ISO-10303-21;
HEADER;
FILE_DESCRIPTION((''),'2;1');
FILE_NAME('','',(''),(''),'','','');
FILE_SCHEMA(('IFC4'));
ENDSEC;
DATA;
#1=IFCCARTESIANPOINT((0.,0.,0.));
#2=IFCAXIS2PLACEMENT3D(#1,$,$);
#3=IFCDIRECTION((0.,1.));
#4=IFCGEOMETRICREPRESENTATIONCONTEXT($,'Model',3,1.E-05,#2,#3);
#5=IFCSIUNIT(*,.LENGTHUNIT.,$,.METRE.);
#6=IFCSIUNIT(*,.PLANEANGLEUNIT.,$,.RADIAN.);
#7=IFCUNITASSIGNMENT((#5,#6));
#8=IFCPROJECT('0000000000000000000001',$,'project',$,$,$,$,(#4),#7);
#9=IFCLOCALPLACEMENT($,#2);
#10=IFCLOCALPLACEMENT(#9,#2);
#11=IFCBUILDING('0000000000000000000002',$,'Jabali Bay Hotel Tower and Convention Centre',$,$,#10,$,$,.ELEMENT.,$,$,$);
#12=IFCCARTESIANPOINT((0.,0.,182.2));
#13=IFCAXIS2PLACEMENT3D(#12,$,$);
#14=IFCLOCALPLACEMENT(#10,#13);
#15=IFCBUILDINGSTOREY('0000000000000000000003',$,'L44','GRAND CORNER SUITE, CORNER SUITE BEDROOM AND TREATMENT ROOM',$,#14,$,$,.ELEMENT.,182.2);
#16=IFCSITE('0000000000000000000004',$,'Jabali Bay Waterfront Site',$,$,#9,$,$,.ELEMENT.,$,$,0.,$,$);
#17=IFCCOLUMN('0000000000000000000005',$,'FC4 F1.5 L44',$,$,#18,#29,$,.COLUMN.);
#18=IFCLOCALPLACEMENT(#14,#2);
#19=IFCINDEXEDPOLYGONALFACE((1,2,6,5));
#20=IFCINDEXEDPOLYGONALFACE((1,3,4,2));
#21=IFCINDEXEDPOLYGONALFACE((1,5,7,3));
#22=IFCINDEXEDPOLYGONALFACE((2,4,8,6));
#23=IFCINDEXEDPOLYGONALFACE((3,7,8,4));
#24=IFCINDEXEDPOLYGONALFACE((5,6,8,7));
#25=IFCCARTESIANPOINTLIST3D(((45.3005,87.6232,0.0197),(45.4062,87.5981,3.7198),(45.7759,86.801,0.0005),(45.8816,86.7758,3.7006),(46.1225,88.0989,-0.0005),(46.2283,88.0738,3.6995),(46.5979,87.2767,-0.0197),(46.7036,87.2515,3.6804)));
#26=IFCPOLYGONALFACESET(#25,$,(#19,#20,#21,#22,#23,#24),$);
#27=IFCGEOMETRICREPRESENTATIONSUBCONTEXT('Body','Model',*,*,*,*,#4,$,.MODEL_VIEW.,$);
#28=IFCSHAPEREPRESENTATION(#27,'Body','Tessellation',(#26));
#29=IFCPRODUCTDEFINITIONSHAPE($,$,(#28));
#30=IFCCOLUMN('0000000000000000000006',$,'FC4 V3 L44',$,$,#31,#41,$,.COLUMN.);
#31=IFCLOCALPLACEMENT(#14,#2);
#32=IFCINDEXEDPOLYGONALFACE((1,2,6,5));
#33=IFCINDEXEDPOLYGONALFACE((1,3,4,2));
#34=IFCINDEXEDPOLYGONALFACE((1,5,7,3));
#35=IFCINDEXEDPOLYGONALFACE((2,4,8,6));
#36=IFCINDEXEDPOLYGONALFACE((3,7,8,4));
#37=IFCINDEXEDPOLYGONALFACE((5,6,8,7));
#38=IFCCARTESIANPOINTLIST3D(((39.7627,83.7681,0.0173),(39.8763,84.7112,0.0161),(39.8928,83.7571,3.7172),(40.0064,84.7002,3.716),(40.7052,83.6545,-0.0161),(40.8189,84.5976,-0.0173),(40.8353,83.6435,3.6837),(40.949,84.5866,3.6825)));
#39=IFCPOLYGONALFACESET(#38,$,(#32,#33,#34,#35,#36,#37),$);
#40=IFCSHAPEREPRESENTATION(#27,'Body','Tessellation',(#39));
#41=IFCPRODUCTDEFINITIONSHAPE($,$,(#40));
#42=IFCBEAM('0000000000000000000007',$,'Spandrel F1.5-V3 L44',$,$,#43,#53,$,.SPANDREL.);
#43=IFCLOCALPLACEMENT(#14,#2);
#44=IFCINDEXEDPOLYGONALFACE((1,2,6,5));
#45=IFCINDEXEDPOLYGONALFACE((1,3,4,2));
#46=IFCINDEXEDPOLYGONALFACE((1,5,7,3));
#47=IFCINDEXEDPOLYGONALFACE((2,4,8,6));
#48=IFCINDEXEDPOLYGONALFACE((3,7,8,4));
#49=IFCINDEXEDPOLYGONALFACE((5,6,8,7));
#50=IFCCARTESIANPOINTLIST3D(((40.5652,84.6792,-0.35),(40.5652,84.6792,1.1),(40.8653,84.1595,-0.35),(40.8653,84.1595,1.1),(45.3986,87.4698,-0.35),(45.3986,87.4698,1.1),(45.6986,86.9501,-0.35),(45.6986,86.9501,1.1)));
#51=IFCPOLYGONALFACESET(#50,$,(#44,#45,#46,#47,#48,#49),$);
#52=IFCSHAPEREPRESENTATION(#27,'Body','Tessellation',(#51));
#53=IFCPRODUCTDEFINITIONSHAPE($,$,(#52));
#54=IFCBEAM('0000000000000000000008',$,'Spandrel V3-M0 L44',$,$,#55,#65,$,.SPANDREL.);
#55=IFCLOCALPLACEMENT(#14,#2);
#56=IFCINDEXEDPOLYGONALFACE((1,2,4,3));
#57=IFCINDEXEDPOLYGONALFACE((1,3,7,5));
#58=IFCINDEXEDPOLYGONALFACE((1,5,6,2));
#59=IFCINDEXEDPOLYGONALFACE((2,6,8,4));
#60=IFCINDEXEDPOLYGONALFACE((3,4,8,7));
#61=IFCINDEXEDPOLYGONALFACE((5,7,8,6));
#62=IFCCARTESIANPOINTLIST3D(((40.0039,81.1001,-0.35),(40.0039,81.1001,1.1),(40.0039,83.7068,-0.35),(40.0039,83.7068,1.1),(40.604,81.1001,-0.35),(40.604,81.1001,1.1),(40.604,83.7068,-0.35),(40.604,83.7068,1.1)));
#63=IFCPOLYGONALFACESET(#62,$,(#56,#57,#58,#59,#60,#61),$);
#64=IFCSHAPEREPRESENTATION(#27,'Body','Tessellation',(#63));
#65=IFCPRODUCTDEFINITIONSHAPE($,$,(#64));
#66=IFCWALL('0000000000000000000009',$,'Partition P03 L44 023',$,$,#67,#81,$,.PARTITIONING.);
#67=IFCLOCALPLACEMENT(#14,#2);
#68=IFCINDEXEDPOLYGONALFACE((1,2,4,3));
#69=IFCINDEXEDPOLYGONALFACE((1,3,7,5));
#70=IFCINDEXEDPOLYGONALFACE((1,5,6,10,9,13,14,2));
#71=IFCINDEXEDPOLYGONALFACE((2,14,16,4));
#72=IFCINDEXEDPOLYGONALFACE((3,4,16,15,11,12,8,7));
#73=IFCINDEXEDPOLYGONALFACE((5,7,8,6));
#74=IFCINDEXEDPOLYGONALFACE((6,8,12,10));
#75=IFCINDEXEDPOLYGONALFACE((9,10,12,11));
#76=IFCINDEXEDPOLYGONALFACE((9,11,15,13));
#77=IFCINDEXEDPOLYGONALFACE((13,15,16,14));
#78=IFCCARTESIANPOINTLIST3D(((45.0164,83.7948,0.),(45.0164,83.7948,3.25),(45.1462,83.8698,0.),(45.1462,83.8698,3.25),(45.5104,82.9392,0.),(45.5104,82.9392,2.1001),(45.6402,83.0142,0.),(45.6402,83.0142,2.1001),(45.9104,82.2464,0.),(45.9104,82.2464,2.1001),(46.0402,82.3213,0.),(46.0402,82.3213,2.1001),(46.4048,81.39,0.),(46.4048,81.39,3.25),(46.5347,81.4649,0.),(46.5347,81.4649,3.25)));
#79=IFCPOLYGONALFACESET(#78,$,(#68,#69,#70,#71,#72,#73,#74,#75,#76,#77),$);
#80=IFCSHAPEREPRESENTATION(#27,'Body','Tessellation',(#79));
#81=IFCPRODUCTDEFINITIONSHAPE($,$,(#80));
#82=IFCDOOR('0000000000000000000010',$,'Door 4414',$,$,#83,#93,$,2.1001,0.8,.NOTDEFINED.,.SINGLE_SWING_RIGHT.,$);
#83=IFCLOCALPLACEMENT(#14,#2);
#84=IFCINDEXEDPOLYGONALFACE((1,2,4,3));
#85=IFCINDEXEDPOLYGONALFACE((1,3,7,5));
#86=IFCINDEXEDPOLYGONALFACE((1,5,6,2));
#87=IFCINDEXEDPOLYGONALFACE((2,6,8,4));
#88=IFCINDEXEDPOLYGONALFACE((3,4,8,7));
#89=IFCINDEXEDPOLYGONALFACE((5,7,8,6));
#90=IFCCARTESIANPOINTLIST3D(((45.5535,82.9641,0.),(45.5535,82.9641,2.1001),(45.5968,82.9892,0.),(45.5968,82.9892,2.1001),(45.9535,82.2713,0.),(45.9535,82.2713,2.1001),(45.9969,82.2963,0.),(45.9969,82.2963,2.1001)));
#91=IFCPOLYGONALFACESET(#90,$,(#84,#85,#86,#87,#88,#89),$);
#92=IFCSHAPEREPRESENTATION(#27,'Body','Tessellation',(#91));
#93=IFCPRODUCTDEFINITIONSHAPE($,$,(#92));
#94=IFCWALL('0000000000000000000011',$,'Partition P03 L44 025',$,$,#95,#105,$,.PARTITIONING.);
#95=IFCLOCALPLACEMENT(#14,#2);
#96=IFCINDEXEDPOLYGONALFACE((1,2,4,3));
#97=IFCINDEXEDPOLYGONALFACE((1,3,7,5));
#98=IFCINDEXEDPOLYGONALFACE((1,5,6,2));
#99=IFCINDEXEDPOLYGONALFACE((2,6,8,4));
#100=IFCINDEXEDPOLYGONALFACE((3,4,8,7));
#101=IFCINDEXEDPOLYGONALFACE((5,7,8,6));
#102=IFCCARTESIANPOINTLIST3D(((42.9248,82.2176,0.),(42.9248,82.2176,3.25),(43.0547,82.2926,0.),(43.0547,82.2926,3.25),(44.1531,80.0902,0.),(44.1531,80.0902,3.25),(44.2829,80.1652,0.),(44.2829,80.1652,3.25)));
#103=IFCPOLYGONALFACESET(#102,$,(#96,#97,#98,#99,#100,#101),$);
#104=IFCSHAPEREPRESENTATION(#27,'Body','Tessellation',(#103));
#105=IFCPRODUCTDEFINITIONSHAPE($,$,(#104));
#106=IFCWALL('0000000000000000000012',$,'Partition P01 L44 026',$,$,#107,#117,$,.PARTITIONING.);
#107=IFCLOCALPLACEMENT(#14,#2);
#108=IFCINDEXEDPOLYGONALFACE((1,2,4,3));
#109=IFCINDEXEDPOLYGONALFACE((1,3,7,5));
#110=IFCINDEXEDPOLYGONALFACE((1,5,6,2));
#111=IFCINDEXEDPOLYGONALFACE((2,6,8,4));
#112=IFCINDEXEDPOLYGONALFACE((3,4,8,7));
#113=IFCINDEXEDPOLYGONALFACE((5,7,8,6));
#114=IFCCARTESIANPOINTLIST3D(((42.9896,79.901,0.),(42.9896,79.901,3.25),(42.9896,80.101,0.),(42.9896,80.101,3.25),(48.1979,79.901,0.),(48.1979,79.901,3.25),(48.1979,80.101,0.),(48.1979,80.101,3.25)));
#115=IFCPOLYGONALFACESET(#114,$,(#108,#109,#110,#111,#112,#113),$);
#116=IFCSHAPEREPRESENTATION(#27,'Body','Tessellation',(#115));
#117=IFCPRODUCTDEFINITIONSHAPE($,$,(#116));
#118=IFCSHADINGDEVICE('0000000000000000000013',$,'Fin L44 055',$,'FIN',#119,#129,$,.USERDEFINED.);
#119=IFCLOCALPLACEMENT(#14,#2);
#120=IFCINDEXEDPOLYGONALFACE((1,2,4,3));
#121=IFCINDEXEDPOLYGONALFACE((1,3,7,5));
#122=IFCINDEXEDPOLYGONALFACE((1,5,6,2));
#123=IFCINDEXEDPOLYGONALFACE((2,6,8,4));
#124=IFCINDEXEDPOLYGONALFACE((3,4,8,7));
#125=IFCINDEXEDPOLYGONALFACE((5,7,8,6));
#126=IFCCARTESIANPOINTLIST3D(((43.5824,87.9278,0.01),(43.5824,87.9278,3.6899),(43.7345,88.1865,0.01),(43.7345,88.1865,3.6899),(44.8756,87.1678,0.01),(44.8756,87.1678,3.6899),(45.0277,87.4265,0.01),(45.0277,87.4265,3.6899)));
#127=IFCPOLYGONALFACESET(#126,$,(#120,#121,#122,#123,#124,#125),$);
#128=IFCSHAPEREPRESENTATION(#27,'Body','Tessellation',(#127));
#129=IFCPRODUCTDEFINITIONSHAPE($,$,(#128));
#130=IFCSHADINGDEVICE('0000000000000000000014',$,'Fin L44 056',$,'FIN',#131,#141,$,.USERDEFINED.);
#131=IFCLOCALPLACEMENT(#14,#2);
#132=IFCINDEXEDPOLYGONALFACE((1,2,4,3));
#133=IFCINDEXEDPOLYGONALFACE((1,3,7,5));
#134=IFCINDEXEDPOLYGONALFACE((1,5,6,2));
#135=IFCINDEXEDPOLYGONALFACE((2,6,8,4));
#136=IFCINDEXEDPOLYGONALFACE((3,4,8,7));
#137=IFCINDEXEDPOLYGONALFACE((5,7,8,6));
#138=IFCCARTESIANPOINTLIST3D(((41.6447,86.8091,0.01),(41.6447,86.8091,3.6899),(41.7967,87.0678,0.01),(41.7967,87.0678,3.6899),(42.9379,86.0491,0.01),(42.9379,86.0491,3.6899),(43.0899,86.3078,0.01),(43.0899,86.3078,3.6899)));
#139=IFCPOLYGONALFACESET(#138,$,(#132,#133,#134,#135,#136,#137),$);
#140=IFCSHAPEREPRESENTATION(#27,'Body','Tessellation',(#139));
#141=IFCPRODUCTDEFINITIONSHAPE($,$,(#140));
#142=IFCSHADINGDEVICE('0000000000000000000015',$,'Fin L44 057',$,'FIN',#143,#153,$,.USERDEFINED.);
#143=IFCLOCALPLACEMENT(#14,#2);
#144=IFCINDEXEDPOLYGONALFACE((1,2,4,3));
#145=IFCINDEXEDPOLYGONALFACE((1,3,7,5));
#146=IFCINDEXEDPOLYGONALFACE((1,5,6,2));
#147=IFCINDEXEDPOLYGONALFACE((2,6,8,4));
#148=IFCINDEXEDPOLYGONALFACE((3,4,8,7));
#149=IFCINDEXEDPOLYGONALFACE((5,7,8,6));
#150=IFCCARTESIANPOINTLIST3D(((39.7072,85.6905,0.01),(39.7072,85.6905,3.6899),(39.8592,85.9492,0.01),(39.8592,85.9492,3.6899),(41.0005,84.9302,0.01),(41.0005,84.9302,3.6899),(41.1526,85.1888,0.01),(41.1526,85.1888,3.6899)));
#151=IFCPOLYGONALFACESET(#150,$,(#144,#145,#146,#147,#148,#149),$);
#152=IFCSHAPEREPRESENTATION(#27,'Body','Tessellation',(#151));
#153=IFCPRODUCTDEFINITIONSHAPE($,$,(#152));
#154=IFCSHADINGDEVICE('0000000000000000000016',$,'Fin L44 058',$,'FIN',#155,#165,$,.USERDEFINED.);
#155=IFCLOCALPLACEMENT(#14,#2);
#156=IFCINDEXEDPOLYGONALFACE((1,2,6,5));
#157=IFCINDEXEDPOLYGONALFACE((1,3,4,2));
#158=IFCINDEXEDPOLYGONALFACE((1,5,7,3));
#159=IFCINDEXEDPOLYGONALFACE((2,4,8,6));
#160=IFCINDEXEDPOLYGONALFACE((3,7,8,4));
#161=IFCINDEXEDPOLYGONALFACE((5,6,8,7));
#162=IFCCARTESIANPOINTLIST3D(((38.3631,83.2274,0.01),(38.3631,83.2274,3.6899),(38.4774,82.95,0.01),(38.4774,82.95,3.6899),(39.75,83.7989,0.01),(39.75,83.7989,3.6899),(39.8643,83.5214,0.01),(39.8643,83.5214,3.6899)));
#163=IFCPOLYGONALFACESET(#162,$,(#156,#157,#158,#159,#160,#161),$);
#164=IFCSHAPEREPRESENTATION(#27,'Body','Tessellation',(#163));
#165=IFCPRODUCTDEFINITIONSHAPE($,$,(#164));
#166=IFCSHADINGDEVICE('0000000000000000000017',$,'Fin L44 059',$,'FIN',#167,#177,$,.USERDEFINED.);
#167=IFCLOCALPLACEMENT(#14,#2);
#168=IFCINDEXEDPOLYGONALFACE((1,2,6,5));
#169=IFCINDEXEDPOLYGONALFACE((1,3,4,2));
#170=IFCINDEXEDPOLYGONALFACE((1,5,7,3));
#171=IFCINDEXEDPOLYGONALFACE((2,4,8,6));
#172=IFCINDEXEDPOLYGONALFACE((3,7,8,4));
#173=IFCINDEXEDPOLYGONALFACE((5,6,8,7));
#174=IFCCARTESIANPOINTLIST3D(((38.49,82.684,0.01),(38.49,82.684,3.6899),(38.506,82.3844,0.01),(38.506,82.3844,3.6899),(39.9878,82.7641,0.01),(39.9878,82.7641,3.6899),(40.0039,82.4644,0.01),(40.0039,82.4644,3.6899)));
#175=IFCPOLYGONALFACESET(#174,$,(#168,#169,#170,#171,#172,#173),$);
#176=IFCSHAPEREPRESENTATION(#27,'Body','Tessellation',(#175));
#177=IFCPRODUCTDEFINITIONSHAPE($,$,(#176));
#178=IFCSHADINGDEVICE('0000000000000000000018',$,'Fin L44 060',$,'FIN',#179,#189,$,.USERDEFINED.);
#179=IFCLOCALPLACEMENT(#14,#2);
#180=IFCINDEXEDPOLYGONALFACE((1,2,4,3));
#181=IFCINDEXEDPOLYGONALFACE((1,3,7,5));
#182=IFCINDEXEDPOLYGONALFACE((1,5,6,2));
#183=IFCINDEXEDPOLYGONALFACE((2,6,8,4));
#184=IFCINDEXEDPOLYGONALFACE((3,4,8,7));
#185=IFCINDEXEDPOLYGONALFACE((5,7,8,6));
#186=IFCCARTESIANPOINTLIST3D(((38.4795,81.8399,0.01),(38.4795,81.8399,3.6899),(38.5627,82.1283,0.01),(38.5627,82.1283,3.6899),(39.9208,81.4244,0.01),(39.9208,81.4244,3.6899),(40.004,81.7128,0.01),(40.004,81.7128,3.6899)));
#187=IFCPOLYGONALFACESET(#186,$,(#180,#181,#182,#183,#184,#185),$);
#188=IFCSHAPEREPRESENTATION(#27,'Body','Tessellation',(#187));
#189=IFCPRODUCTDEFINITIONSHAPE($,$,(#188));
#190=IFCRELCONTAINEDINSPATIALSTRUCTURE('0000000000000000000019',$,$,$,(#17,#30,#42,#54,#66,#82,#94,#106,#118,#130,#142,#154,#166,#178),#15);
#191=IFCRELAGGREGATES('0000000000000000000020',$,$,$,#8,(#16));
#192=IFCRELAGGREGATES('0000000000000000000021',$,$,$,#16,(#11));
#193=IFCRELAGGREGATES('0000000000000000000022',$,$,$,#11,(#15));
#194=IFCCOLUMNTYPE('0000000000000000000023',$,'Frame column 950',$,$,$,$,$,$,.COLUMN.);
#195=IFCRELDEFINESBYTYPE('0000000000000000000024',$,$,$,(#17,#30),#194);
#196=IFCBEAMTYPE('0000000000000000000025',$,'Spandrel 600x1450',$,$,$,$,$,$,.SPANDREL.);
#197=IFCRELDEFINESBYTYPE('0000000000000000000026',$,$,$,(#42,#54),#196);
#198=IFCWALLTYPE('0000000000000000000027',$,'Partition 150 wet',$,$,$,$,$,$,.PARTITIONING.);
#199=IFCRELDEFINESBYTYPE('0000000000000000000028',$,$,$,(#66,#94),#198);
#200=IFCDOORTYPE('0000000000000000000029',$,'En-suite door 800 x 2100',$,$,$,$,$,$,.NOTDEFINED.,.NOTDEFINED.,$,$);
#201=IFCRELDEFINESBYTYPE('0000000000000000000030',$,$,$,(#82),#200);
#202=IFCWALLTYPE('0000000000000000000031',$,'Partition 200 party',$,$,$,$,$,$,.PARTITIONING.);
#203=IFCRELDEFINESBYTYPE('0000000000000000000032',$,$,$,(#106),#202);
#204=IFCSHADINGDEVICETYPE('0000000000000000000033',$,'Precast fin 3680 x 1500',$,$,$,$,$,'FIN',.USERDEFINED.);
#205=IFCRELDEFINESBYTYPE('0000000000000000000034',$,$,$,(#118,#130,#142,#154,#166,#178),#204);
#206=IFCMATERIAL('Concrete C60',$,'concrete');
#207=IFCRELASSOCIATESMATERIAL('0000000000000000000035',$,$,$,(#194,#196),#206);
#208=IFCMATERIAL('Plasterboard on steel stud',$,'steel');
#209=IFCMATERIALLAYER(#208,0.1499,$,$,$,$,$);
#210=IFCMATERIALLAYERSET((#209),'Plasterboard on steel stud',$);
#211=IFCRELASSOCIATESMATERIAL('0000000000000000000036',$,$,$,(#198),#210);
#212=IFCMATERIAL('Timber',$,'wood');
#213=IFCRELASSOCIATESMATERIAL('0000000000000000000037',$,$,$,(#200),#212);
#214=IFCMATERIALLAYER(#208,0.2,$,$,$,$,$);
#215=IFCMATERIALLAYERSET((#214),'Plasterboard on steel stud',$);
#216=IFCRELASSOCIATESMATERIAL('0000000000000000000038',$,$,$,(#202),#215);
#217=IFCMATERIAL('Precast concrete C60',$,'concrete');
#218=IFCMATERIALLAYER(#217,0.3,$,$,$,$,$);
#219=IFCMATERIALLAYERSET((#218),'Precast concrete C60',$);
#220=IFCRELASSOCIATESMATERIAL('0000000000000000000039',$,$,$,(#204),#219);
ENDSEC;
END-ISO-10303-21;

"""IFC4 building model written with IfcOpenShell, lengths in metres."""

from ifc_helpers import new_model, si_unit, direction, frame, frame_2d, origin, origin_2d, place, context, subcontext, project, spatial, rectangle, extrude, material, layer, layer_set, material_profile, profile_set, type_object, element, fill, save


model = new_model("IFC4")

# Units and contexts
model_context = context("Model", 3, precision=1e-05, world=origin(), true_north=direction((0.0, 1.0)))
body_context = subcontext(model_context, "Body", "Model", "MODEL_VIEW")
ifc_project = project(units=[si_unit("LENGTHUNIT", "METRE"), si_unit("PLANEANGLEUNIT", "RADIAN")], contexts=[model_context])

# Site, building, storey
site_placement = place(None, origin())
site = spatial("IfcSite", under=ifc_project, at=site_placement, Name="Jabali Bay Waterfront Site", CompositionType="ELEMENT", RefElevation=0.0)
building_placement = place(site_placement, origin())
building = spatial("IfcBuilding", under=site, at=building_placement, Name="Jabali Bay Hotel Tower and Convention Centre", CompositionType="ELEMENT")
storey_placement = place(building_placement, frame((0.0, 0.0, 182.2)))
storey = spatial("IfcBuildingStorey", under=building, at=storey_placement, Name="L44", Description="GRAND CORNER SUITE, CORNER SUITE BEDROOM AND TREATMENT ROOM", CompositionType="ELEMENT", Elevation=182.2)

# Columns
ifc_material_1 = material(Name="Concrete C60", Category="concrete")
ifc_material_profile_1 = material_profile(ifc_material_1, rectangle(XDim=0.95, YDim=0.95, at=origin_2d()), Name="Frame column 950")
ifc_profile_set_1 = profile_set([ifc_material_profile_1], Name="Concrete C60")
column_type = type_object("IfcColumnType", Name="Frame column 950", PredefinedType="COLUMN", material=ifc_profile_set_1)
column_1_placement = place(storey_placement, frame((45.9492, 87.45, 0.0), z_axis=(0.028559, -0.006794, 0.999569), x_axis=(-0.5004, 0.865559, 0.02018)))
element("IfcColumn", 1, at=column_1_placement, inside=storey, type_object=column_type, Name="FC4 F1.5 L44", PredefinedType="COLUMN", context=body_context, shape_type="SweptSolid", body=[
    extrude(rectangle(XDim=0.95, YDim=0.95, at=origin_2d()), origin(), (0.0, 0.0, 1.0), 3.7017),
])
column_2_placement = place(storey_placement, frame((40.2908, 84.1829, 0.0), z_axis=(0.035148, -0.002967, 0.999378), x_axis=(-0.992196, 0.119598, 0.035251)))
element("IfcColumn", 2, at=column_2_placement, inside=storey, type_object=column_type, Name="FC4 V3 L44", PredefinedType="COLUMN", context=body_context, shape_type="SweptSolid", body=[
    extrude(rectangle(XDim=0.95, YDim=0.95, at=origin_2d()), origin(), (0.0, 0.0, 1.0), 3.7021),
])

# Beams
ifc_material_profile_2 = material_profile(ifc_material_1, rectangle(XDim=0.6001, YDim=1.45, at=origin_2d()), Name="Spandrel 600x1450")
ifc_profile_set_2 = profile_set([ifc_material_profile_2], Name="Concrete C60")
beam_type = type_object("IfcBeamType", Name="Spandrel 600x1450", PredefinedType="SPANDREL", material=ifc_profile_set_2)
beam_1_placement = place(storey_placement, frame((45.5486, 87.21, 0.375), z_axis=(-0.866022, -0.500006, 0.0), x_axis=(0.500006, -0.866022, 0.0)))
element("IfcBeam", 3, at=beam_1_placement, inside=storey, type_object=beam_type, Name="Spandrel F1.5-V3 L44", PredefinedType="SPANDREL", context=body_context, shape_type="SweptSolid", body=[
    extrude(rectangle(XDim=0.6001, YDim=1.45, at=origin_2d()), origin(), (0.0, 0.0, 1.0), 5.5811),
])
beam_2_placement = place(storey_placement, frame((40.304, 83.7068, 0.375), z_axis=(0.0, -1.0, 0.0), x_axis=(1.0, 0.0, 0.0)))
element("IfcBeam", 4, at=beam_2_placement, inside=storey, type_object=beam_type, Name="Spandrel V3-M0 L44", PredefinedType="SPANDREL", context=body_context, shape_type="SweptSolid", body=[
    extrude(rectangle(XDim=0.6001, YDim=1.45, at=origin_2d()), origin(), (0.0, 0.0, 1.0), 2.6067),
])

# Wall, opening, door
ifc_material_2 = material(Name="Plasterboard on steel stud", Category="steel")
ifc_layer_1 = layer(ifc_material_2, 0.1499)
ifc_layer_set_1 = layer_set([ifc_layer_1], Name="Plasterboard on steel stud")
wall_type_1 = type_object("IfcWallType", Name="Partition 150 wet", PredefinedType="PARTITIONING", material=ifc_layer_set_1)
wall_1_placement = place(storey_placement, frame((45.0813, 83.8323, 0.0), z_axis=(0.0, 0.0, 1.0), x_axis=(0.500007, -0.866022, 0.0)))
wall_1 = element("IfcWall", 5, at=wall_1_placement, inside=storey, type_object=wall_type_1, Name="Partition P03 L44 023", PredefinedType="PARTITIONING", context=body_context, shape_type="SweptSolid", body=[
    extrude(rectangle(XDim=2.7769, YDim=0.1499, at=frame_2d((1.3884, 0.0))), origin(), (0.0, 0.0, 1.0), 3.25),
])
opening_1_placement = place(wall_1_placement, frame((0.988, 0.0, 0.0)))
opening_1 = element("IfcOpeningElement", 6, at=opening_1_placement, cuts=wall_1, PredefinedType="OPENING", context=body_context, shape_type="SweptSolid", body=[
    extrude(rectangle(XDim=0.8, YDim=2.1001, at=frame_2d((0.3999, 1.05))), frame((0.0, 0.0854, 0.0), z_axis=(0.0, -1.0, 0.0), x_axis=(1.0, 0.0, 0.0)), (0.0, 0.0, 1.0), 0.1709),
])
ifc_material_3 = material(Name="Timber", Category="wood")
door_type_1 = type_object("IfcDoorType", Name="En-suite door 800 x 2100", OperationType="NOTDEFINED", PredefinedType="NOTDEFINED", material=ifc_material_3)
door_1_placement = place(opening_1_placement, origin())
door_1 = element("IfcDoor", 7, at=door_1_placement, inside=storey, type_object=door_type_1, Name="Door 4414", OperationType="SINGLE_SWING_RIGHT", OverallHeight=2.1001, OverallWidth=0.8, PredefinedType="NOTDEFINED", context=body_context, shape_type="SweptSolid", body=[
    extrude(rectangle(XDim=0.8, YDim=2.1001, at=frame_2d((0.3999, 1.05))), frame((0.0, 0.0249, 0.0), z_axis=(0.0, -1.0, 0.0), x_axis=(1.0, 0.0, 0.0)), (0.0, 0.0, 1.0), 0.05),
])
fill(opening_1, door_1)

# Walls
wall_2_placement = place(storey_placement, frame((44.218, 80.1277, 0.0), z_axis=(0.0, 0.0, 1.0), x_axis=(-0.499998, 0.866027, 0.0)))
element("IfcWall", 8, at=wall_2_placement, inside=storey, type_object=wall_type_1, Name="Partition P03 L44 025", PredefinedType="PARTITIONING", context=body_context, shape_type="SweptSolid", body=[
    extrude(rectangle(XDim=2.4565, YDim=0.1499, at=frame_2d((1.2283, 0.0))), origin(), (0.0, 0.0, 1.0), 3.25),
])
ifc_layer_2 = layer(ifc_material_2, 0.2)
ifc_layer_set_2 = layer_set([ifc_layer_2], Name="Plasterboard on steel stud")
wall_type_2 = type_object("IfcWallType", Name="Partition 200 party", PredefinedType="PARTITIONING", material=ifc_layer_set_2)
wall_3_placement = place(storey_placement, frame((42.9897, 80.001, 0.0), z_axis=(0.0, 0.0, 1.0), x_axis=(1.0, 0.0, 0.0)))
element("IfcWall", 9, at=wall_3_placement, inside=storey, type_object=wall_type_2, Name="Partition P01 L44 026", PredefinedType="PARTITIONING", context=body_context, shape_type="SweptSolid", body=[
    extrude(rectangle(XDim=5.2083, YDim=0.2, at=frame_2d((2.604, 0.0))), origin(), (0.0, 0.0, 1.0), 3.25),
])

# Shading devices
ifc_material_4 = material(Name="Precast concrete C60", Category="concrete")
ifc_layer_3 = layer(ifc_material_4, 0.3)
ifc_layer_set_3 = layer_set([ifc_layer_3], Name="Precast concrete C60")
shading_device_type = type_object("IfcShadingDeviceType", Name="Precast fin 3680 x 1500", ElementType="FIN", PredefinedType="USERDEFINED", material=ifc_layer_set_3)
for number, where, z_axis, x_axis, name in (
    (10, (44.9517, 87.2971, 0.01), (0.0, 0.0, 1.0), (-0.862139, 0.506672, 0.0), "Fin L44 055"),
    (11, (43.0139, 86.1785, 0.01), (0.0, 0.0, 1.0), (-0.862139, 0.506672, 0.0), "Fin L44 056"),
):
    element("IfcShadingDevice", number, at=place(storey_placement, frame(where, z_axis=z_axis, x_axis=x_axis)), inside=storey, type_object=shading_device_type, Name=name, ObjectType="FIN", PredefinedType="USERDEFINED", context=body_context, shape_type="SweptSolid", body=[
        extrude(rectangle(XDim=1.5, YDim=0.3, at=frame_2d((0.75, 0.0))), origin(), (0.0, 0.0, 1.0), 3.6799),
    ])
shading_device_1_placement = place(storey_placement, frame((41.0764, 85.0596, 0.01), z_axis=(0.0, 0.0, 1.0), x_axis=(-0.862068, 0.506793, 0.0)))
element("IfcShadingDevice", 12, at=shading_device_1_placement, inside=storey, type_object=shading_device_type, Name="Fin L44 057", ObjectType="FIN", PredefinedType="USERDEFINED", context=body_context, shape_type="SweptSolid", body=[
    extrude(rectangle(XDim=1.5002, YDim=0.3, at=frame_2d((0.75, 0.0))), origin(), (0.0, 0.0, 1.0), 3.6799),
])
for number, where, z_axis, x_axis, name in (
    (13, (39.8071, 83.6602, 0.01), (0.0, 0.0, 1.0), (-0.924577, -0.380995, 0.0), "Fin L44 058"),
    (14, (39.9958, 82.6143, 0.01), (0.0, 0.0, 1.0), (-0.998574, -0.053387, 0.0), "Fin L44 059"),
    (15, (39.9624, 81.5686, 0.01), (0.0, 0.0, 1.0), (-0.96087, 0.276999, 0.0), "Fin L44 060"),
):
    element("IfcShadingDevice", number, at=place(storey_placement, frame(where, z_axis=z_axis, x_axis=x_axis)), inside=storey, type_object=shading_device_type, Name=name, ObjectType="FIN", PredefinedType="USERDEFINED", context=body_context, shape_type="SweptSolid", body=[
        extrude(rectangle(XDim=1.5, YDim=0.3, at=frame_2d((0.75, 0.0))), origin(), (0.0, 0.0, 1.0), 3.6799),
    ])

save(model, "model.ifc")
